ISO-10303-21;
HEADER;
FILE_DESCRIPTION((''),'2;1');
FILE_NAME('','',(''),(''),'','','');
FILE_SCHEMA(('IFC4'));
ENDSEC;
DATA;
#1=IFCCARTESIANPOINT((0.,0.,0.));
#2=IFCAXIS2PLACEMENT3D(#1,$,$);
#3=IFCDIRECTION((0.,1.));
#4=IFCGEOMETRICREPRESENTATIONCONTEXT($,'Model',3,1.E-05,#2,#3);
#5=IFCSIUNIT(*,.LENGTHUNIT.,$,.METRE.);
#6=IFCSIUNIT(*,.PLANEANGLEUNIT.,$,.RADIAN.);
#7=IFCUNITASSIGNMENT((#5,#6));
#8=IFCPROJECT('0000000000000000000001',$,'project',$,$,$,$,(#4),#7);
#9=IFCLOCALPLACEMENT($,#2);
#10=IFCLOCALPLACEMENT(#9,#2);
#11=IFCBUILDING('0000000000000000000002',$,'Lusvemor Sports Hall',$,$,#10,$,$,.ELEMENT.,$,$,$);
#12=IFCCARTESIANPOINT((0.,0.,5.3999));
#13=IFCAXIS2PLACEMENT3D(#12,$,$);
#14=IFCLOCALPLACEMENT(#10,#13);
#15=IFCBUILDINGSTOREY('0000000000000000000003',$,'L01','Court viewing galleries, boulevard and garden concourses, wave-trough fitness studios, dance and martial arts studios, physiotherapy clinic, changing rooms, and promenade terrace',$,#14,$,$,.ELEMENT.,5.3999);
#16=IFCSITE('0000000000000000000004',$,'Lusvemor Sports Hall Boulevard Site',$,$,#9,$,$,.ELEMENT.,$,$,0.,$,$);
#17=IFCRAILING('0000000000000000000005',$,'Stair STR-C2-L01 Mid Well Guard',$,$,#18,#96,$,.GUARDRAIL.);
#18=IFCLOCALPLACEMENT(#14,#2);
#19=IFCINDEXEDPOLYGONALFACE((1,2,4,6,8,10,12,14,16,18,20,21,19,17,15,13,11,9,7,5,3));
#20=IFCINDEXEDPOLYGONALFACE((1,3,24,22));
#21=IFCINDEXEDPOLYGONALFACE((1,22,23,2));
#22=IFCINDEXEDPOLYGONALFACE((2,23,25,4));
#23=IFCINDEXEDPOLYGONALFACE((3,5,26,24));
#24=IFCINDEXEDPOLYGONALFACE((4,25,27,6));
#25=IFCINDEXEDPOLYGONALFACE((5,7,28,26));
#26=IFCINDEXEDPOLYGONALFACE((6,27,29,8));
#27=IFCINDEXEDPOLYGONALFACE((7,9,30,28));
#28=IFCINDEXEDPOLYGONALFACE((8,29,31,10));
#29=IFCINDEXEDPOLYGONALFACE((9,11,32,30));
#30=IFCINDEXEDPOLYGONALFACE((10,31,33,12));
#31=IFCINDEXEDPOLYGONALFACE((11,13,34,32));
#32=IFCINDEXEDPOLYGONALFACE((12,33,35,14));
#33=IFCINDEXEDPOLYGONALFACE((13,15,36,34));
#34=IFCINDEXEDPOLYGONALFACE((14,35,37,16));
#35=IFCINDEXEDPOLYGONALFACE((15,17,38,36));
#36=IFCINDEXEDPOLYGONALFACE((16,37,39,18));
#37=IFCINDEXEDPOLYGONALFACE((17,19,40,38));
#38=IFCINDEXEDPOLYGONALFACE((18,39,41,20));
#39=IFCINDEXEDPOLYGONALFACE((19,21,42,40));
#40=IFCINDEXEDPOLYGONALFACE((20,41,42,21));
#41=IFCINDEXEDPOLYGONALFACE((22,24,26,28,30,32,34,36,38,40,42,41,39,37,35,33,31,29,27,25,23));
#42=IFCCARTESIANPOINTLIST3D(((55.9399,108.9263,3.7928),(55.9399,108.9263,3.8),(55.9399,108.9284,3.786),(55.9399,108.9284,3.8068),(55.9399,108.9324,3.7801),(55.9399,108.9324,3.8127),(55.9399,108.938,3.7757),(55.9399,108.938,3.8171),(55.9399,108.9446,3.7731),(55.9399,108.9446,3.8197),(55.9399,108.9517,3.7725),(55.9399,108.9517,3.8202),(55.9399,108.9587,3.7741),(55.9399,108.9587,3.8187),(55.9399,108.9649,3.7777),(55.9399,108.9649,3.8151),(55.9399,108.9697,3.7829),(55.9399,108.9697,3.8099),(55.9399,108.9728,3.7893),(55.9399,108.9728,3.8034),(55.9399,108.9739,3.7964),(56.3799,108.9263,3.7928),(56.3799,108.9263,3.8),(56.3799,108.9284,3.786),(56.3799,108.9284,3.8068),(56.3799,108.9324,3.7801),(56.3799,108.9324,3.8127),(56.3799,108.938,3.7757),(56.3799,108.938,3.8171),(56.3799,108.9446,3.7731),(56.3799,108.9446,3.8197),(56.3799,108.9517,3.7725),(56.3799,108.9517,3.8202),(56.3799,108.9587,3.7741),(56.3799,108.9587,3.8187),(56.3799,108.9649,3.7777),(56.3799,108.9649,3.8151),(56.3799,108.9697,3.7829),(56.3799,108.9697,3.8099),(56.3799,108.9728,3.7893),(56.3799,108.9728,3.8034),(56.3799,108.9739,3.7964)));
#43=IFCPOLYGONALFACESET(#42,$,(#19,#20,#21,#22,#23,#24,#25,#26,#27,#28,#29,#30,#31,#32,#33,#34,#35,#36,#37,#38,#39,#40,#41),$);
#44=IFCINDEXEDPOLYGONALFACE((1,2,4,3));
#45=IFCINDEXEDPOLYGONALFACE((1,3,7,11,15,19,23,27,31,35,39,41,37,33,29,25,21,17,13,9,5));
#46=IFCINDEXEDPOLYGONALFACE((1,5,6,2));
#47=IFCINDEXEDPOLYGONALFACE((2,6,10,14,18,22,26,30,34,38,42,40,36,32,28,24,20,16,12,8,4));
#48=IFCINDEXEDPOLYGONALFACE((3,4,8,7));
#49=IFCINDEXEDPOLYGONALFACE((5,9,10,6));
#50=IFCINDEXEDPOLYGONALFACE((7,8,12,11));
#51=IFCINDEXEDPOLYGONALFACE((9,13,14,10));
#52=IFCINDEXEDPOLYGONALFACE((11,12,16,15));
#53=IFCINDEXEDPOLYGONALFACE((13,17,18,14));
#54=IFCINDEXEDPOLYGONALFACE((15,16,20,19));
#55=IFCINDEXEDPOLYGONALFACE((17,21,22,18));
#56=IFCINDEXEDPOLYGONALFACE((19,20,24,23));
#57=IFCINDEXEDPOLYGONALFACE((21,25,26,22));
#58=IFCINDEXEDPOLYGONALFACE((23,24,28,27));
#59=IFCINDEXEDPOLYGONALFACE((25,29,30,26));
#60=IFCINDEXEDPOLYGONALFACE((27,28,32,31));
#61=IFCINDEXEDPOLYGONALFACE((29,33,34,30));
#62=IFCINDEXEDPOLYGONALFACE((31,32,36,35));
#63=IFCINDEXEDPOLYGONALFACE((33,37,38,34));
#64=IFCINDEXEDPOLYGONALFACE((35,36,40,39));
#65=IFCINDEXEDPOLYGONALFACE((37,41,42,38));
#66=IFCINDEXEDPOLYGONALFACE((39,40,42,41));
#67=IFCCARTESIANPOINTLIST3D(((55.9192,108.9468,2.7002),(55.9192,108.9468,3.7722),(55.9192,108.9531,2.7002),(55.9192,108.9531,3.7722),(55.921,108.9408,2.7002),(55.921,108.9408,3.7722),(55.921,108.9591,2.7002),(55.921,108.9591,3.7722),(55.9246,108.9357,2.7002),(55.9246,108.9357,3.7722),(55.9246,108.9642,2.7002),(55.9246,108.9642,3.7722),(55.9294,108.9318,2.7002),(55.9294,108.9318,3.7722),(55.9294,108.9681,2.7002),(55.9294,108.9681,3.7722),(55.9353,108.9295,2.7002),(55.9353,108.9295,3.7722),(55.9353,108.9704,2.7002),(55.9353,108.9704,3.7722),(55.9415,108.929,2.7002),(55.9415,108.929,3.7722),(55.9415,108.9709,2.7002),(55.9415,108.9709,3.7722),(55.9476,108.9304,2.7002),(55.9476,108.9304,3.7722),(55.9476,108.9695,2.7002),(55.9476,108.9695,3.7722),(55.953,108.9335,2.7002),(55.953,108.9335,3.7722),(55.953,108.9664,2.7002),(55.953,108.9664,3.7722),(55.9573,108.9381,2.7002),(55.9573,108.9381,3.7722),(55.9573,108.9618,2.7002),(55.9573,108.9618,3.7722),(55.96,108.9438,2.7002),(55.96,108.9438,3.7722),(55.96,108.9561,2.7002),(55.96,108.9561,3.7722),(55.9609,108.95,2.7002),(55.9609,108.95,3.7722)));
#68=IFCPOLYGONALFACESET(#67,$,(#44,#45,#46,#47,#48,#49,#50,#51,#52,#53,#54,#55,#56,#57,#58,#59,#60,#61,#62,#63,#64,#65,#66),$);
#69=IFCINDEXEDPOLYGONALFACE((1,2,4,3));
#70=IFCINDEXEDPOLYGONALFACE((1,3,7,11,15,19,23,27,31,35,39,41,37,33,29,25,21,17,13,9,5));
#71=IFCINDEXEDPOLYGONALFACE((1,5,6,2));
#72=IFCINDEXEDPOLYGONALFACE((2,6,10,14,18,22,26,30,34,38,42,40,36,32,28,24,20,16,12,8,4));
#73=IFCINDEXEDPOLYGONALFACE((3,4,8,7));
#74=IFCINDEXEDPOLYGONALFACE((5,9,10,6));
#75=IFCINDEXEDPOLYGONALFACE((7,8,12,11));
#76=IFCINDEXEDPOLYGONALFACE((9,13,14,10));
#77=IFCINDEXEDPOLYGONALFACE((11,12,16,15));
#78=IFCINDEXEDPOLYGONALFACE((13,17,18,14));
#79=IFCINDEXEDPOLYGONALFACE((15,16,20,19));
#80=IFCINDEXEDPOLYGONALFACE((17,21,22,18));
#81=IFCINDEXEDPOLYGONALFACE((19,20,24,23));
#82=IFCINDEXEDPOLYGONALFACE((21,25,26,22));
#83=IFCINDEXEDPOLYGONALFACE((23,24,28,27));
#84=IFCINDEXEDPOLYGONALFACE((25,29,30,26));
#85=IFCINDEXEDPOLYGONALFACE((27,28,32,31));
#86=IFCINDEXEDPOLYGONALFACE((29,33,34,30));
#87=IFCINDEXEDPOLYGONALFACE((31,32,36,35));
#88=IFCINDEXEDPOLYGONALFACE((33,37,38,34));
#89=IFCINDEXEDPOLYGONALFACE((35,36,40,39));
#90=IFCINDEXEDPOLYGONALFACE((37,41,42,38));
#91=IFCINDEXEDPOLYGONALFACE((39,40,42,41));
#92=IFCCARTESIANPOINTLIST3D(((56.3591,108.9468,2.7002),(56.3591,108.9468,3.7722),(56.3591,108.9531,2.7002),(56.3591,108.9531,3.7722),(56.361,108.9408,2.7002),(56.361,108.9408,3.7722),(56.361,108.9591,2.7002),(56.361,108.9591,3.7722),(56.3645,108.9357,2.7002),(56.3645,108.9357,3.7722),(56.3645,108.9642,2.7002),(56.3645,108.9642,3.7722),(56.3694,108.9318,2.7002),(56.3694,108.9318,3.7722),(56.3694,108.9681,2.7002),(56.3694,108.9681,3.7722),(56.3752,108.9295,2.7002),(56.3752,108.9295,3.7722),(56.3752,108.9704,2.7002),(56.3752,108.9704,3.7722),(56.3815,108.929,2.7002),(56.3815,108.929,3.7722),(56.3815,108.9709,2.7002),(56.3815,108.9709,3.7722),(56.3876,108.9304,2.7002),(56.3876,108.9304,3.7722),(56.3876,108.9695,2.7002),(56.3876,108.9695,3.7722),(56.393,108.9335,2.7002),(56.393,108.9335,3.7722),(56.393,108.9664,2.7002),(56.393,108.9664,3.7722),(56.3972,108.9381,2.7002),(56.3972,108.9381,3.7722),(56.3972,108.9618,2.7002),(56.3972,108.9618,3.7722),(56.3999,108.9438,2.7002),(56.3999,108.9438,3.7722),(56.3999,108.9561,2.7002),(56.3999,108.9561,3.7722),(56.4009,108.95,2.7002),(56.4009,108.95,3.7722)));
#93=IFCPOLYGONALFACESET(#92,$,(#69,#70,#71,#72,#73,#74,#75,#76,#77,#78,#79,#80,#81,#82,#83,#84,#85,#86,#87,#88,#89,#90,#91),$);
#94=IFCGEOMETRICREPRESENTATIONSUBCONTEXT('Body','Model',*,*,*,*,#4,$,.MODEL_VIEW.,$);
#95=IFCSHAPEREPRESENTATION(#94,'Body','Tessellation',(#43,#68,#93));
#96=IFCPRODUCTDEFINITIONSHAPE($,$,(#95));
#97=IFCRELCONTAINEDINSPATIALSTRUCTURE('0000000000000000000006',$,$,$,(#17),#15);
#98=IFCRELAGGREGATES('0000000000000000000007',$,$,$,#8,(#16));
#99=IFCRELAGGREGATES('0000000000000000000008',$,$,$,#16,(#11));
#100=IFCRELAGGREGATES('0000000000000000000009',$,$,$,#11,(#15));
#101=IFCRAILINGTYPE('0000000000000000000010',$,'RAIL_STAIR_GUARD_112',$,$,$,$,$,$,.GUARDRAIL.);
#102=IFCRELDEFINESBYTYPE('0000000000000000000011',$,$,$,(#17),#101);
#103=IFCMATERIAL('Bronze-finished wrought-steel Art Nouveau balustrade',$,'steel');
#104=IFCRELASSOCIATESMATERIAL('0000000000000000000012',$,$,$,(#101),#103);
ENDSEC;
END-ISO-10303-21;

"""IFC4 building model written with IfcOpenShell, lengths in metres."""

from ifc_helpers import new_model, si_unit, direction, frame, origin, origin_2d, place, context, subcontext, project, spatial, circle, extrude, material, type_object, element, save


model = new_model("IFC4")

# Units and contexts
model_context = context("Model", 3, precision=1e-05, world=origin(), true_north=direction((0.0, 1.0)))
body_context = subcontext(model_context, "Body", "Model", "MODEL_VIEW")
ifc_project = project(units=[si_unit("LENGTHUNIT", "METRE"), si_unit("PLANEANGLEUNIT", "RADIAN")], contexts=[model_context])

# Site, building, storey
site_placement = place(None, origin())
site = spatial("IfcSite", under=ifc_project, at=site_placement, Name="Lusvemor Sports Hall Boulevard Site", CompositionType="ELEMENT", RefElevation=0.0)
building_placement = place(site_placement, origin())
building = spatial("IfcBuilding", under=site, at=building_placement, Name="Lusvemor Sports Hall", CompositionType="ELEMENT")
storey_placement = place(building_placement, frame((0.0, 0.0, 5.3999)))
storey = spatial("IfcBuildingStorey", under=building, at=storey_placement, Name="L01", Description="Court viewing galleries, boulevard and garden concourses, wave-trough fitness studios, dance and martial arts studios, physiotherapy clinic, changing rooms, and promenade terrace", CompositionType="ELEMENT", Elevation=5.3999)

# Railing
ifc_material_1 = material(Name="Bronze-finished wrought-steel Art Nouveau balustrade", Category="steel")
railing_type_1 = type_object("IfcRailingType", Name="RAIL_STAIR_GUARD_112", PredefinedType="GUARDRAIL", material=ifc_material_1)
railing_1_placement = place(storey_placement, frame((55.9399, 108.95, 2.7002)))
element("IfcRailing", 1, at=railing_1_placement, inside=storey, type_object=railing_type_1, Name="Stair STR-C2-L01 Mid Well Guard", PredefinedType="GUARDRAIL", context=body_context, shape_type="SweptSolid", body=[
    extrude(circle(Radius=0.0239, at=origin_2d()), frame((0.0, 0.0, 1.0962), z_axis=(1.0, 0.0, 0.0), x_axis=(0.0, 1.0, 0.0)), (0.0, 0.0, 1.0), 0.4399),
    extrude(circle(Radius=0.021, at=origin_2d()), origin(), (0.0, 0.0, 1.0), 1.072),
    extrude(circle(Radius=0.021, at=origin_2d()), frame((0.4399, 0.0, 0.0)), (0.0, 0.0, 1.0), 1.072),
])

save(model, "model.ifc")
